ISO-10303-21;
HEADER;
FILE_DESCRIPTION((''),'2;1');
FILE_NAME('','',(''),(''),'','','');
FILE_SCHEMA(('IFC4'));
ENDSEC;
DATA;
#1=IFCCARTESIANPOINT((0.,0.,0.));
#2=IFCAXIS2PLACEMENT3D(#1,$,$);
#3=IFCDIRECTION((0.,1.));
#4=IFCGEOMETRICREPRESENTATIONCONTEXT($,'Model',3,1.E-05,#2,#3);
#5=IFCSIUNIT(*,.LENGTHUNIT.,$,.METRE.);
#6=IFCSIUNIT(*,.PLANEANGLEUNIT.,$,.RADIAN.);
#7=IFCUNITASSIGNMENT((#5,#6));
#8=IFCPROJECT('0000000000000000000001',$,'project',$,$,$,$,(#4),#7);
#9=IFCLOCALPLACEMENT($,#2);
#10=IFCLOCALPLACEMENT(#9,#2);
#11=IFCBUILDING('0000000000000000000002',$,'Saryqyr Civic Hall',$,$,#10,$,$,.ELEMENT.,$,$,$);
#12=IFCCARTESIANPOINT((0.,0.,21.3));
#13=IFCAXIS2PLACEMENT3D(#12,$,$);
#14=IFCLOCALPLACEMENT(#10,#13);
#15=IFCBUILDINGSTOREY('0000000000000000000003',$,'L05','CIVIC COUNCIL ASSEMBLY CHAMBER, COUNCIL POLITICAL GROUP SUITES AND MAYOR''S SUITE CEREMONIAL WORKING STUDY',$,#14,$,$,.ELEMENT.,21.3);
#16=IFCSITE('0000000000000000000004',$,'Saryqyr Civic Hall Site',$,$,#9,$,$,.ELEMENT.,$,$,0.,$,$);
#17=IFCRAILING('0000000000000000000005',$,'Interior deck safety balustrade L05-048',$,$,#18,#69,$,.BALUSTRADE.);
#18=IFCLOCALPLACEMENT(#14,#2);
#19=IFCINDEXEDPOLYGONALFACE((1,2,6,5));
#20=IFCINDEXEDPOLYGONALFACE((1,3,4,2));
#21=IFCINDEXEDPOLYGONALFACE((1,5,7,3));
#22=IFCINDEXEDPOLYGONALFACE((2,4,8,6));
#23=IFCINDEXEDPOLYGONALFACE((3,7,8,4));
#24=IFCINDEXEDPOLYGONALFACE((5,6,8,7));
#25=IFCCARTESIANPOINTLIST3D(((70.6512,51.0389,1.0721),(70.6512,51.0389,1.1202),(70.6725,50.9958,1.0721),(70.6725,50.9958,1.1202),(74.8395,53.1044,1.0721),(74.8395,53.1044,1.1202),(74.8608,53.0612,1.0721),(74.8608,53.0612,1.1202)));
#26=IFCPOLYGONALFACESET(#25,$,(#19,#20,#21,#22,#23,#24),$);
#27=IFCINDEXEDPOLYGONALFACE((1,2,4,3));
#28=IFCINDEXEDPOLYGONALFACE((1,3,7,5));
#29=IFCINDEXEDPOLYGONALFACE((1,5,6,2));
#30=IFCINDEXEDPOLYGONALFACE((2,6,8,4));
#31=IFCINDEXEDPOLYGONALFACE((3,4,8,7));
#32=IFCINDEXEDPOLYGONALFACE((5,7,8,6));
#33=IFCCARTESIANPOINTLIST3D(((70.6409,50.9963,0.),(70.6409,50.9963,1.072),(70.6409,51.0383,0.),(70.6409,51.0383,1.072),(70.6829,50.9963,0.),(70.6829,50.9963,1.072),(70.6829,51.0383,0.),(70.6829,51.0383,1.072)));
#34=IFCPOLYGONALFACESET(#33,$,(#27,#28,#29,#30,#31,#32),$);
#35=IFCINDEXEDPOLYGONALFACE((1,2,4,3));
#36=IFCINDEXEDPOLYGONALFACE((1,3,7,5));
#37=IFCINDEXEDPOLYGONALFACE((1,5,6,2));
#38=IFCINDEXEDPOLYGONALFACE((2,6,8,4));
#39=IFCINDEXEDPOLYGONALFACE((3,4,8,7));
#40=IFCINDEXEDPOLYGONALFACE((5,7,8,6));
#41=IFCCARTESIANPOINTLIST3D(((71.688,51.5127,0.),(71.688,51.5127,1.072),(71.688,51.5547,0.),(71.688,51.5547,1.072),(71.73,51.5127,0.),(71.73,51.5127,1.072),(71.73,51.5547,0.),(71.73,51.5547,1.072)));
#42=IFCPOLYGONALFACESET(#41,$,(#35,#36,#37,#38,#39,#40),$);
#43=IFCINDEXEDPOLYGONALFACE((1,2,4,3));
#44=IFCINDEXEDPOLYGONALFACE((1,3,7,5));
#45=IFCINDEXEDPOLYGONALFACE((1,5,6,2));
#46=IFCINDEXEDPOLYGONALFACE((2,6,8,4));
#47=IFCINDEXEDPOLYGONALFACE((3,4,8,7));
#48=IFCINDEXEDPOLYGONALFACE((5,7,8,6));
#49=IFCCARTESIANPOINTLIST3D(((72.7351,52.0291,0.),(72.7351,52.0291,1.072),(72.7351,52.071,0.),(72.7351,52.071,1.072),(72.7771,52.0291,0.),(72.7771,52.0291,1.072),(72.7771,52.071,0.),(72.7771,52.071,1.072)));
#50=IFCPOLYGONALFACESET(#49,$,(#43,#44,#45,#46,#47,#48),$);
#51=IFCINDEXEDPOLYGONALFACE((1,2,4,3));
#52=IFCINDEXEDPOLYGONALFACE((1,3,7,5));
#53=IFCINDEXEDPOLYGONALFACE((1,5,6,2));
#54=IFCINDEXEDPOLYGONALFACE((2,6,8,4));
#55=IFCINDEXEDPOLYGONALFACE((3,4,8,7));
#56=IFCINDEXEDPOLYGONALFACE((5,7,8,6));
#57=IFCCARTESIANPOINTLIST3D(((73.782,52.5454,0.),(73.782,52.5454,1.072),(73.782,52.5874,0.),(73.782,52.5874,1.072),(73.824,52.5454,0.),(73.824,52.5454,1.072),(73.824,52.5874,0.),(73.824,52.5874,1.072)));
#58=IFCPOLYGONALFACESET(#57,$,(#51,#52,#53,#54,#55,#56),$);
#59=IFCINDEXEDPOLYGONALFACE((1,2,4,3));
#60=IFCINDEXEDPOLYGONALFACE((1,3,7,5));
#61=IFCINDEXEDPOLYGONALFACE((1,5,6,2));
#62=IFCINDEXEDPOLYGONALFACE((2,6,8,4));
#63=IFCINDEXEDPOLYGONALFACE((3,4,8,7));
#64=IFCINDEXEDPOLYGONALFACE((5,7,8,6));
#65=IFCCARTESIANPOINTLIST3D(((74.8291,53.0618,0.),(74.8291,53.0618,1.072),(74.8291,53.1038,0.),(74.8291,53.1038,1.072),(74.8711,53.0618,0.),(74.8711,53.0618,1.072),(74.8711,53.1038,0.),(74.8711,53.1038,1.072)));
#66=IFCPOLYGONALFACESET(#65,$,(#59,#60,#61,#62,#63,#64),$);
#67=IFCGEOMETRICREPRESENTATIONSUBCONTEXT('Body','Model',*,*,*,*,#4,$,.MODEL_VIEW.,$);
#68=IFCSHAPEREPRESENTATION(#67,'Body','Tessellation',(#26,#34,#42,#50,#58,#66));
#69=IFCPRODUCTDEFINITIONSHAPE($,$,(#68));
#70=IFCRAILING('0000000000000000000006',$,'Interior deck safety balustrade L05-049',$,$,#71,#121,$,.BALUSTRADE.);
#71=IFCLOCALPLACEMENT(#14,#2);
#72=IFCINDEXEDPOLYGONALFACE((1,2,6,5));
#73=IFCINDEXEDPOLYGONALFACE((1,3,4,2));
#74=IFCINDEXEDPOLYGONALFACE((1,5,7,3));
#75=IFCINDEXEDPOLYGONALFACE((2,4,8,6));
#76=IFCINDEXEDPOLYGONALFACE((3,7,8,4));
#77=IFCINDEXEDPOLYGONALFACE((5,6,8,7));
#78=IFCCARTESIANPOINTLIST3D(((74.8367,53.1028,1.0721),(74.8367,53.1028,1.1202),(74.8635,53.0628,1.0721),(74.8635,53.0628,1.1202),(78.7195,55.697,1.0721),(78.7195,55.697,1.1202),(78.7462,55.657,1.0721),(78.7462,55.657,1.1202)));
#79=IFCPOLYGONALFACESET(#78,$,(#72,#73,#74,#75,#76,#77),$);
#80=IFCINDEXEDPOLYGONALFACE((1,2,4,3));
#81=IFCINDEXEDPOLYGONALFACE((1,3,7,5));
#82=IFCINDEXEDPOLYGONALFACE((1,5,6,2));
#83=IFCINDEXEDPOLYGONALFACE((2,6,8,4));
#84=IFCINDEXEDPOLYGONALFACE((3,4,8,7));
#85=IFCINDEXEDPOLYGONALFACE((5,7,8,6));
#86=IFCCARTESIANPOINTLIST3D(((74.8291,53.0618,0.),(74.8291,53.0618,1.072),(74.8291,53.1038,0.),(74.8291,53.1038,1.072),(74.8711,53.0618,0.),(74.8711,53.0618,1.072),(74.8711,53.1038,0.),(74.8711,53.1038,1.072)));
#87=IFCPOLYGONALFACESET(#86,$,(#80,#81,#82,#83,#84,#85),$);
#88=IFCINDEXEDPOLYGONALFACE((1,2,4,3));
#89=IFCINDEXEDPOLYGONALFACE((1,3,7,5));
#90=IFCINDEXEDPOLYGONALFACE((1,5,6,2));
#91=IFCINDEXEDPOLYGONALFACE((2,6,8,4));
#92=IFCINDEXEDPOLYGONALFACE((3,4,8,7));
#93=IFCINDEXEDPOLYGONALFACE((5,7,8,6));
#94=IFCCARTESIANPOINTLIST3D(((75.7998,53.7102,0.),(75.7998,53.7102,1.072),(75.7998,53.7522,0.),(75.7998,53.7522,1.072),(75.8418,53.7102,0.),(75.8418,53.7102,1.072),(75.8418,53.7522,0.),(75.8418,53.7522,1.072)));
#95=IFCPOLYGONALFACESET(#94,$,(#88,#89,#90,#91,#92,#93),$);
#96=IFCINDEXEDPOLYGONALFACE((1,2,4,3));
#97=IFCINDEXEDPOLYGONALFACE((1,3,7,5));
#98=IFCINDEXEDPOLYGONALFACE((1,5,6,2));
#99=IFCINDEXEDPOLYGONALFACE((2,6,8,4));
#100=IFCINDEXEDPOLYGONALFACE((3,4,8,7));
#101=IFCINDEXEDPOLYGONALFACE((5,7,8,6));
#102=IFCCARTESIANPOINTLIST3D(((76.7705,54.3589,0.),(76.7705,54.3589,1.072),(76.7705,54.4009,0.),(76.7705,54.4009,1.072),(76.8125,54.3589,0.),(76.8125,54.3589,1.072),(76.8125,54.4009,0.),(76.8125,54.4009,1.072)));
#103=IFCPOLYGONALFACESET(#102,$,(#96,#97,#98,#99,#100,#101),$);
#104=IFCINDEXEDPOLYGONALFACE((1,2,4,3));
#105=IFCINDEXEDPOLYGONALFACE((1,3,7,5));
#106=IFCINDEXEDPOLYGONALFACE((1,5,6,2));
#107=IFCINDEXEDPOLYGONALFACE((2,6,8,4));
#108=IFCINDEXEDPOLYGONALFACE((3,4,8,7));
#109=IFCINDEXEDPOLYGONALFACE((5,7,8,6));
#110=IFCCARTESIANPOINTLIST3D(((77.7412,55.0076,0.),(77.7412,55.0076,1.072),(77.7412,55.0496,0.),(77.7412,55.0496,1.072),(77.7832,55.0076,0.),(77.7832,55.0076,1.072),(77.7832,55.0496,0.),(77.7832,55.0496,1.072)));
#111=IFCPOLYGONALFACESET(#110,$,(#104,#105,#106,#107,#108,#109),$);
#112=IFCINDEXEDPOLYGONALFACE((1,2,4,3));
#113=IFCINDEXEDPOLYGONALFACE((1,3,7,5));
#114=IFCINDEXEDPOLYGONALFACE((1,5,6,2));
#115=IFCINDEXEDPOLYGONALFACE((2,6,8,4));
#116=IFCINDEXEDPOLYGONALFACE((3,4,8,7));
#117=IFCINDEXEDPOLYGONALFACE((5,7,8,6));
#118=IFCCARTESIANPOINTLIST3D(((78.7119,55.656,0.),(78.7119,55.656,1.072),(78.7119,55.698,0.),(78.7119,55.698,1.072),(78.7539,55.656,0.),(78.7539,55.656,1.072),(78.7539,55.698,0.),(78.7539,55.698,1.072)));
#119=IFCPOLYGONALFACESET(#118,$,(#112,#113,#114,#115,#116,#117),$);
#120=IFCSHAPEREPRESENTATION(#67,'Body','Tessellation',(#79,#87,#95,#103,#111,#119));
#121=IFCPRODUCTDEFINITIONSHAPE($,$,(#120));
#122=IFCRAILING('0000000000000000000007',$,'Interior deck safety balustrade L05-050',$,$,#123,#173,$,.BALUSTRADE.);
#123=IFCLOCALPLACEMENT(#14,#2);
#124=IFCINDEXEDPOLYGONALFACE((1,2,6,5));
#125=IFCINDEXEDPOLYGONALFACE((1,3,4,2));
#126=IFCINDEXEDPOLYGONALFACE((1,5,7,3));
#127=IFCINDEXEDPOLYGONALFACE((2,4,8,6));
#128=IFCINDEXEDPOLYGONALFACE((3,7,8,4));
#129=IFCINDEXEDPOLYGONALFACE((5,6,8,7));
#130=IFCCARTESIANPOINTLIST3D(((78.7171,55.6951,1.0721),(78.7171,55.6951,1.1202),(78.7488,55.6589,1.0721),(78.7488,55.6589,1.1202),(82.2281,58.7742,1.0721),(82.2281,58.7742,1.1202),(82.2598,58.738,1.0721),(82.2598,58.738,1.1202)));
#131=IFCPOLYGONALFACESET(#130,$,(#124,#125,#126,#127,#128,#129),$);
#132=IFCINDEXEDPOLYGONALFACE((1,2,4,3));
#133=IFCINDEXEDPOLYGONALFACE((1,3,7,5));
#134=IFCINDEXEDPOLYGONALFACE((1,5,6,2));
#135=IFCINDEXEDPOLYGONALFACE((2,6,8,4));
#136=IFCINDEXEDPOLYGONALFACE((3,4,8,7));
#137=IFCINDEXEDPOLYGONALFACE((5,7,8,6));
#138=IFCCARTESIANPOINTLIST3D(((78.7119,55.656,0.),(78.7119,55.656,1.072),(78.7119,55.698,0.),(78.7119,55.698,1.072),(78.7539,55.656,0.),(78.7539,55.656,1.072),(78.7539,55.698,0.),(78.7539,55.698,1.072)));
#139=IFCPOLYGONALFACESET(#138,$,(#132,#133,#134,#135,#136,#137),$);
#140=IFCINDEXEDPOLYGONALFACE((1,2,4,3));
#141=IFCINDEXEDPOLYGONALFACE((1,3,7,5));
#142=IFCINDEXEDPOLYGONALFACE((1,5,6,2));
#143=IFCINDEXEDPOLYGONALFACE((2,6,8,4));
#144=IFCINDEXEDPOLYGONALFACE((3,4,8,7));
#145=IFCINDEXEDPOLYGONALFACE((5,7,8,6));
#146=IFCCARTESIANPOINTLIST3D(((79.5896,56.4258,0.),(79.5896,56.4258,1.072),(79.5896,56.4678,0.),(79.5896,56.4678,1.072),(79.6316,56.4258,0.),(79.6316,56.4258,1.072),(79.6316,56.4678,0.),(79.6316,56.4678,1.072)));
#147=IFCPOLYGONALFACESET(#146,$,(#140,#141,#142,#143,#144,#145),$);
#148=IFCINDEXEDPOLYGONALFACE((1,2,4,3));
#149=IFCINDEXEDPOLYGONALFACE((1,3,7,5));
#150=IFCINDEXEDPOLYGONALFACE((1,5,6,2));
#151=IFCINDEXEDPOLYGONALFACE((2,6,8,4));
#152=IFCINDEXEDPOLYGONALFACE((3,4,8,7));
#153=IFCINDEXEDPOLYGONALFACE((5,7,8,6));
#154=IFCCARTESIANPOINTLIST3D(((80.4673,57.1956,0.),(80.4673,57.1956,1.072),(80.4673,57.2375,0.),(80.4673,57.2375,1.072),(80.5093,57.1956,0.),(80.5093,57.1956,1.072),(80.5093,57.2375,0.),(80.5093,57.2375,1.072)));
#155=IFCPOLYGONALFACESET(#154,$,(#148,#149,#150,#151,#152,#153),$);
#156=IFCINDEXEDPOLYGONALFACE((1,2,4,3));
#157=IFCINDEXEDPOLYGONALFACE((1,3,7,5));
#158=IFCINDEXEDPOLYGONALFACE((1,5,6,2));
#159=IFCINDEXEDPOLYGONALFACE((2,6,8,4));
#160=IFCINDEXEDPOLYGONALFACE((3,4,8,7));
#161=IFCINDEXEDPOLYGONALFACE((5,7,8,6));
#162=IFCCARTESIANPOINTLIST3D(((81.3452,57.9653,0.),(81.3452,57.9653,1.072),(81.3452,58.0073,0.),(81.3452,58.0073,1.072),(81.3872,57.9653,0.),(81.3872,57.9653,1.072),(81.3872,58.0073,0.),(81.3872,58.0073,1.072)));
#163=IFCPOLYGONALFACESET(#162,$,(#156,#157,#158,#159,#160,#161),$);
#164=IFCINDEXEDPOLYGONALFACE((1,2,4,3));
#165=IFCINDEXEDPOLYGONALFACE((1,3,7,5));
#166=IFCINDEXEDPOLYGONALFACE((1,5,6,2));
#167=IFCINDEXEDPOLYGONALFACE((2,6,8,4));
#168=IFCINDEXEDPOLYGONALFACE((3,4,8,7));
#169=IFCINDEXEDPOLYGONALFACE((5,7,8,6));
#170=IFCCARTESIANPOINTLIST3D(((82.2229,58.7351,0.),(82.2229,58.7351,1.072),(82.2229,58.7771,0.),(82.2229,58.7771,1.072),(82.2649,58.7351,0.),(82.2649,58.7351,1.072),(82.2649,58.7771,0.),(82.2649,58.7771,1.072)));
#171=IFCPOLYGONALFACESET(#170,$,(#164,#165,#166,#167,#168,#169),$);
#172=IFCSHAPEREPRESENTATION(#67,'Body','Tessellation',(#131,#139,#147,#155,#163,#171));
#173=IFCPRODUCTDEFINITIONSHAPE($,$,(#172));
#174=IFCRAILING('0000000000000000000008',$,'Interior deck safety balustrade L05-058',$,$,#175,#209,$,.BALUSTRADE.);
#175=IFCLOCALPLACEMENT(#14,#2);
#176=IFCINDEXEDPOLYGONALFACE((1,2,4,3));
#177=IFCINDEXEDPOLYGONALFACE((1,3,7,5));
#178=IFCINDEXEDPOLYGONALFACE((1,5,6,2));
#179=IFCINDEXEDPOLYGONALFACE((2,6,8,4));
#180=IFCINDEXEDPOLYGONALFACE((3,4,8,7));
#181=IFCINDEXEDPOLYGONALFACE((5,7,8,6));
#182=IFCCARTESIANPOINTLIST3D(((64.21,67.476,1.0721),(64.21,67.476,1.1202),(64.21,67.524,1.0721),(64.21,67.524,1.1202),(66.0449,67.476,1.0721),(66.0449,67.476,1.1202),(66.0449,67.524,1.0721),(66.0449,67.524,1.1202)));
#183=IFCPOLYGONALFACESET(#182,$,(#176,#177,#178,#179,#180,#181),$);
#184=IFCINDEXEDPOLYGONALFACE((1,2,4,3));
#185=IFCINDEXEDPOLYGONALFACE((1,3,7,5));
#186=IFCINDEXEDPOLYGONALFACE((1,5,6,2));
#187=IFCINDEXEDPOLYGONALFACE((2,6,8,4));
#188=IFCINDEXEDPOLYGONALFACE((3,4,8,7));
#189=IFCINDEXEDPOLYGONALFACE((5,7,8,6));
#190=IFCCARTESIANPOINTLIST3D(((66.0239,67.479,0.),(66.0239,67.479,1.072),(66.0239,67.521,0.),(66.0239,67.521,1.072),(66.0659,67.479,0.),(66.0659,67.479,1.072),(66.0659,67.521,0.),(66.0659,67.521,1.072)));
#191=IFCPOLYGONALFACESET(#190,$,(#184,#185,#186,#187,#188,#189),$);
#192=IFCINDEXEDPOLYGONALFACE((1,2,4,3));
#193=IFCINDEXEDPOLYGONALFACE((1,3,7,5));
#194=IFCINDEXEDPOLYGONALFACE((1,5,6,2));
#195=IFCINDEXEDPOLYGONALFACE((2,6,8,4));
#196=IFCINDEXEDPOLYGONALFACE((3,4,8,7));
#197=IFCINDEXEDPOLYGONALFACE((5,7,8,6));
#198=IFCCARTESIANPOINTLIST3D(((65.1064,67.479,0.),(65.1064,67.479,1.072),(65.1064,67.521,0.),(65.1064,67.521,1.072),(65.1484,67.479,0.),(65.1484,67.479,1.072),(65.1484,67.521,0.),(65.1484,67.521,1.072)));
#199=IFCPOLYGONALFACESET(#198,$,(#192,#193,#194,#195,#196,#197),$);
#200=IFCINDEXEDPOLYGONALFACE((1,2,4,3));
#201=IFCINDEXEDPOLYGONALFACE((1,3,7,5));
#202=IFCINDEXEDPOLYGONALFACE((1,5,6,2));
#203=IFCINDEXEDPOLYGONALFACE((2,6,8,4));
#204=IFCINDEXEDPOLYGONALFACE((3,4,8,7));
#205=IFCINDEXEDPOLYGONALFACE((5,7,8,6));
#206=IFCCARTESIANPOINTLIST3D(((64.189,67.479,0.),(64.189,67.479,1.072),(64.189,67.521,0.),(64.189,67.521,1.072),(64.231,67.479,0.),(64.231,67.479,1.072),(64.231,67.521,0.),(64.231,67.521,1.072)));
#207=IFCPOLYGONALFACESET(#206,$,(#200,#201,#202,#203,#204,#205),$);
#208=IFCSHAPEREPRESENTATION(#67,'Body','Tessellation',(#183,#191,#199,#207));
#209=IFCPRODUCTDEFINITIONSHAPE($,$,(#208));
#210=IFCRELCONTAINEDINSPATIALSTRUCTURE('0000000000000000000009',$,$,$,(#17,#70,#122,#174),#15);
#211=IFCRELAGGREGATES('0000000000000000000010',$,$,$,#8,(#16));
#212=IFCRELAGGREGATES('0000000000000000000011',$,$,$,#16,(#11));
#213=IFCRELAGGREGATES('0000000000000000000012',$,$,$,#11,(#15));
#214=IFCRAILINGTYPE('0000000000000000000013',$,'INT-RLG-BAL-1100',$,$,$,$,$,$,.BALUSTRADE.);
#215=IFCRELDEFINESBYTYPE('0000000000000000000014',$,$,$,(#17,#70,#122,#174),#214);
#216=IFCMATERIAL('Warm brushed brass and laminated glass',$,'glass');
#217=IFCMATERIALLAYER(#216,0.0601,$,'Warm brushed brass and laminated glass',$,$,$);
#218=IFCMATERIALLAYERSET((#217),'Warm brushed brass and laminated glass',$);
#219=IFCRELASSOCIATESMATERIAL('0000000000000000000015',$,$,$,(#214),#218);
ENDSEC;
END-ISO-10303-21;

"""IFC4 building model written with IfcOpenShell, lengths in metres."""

from ifc_helpers import new_model, si_unit, direction, frame, origin, origin_2d, place, context, subcontext, project, spatial, rectangle, extrude, material, layer, layer_set, type_object, element, save


model = new_model("IFC4")

# Units and contexts
model_context = context("Model", 3, precision=1e-05, world=origin(), true_north=direction((0.0, 1.0)))
body_context = subcontext(model_context, "Body", "Model", "MODEL_VIEW")
ifc_project = project(units=[si_unit("LENGTHUNIT", "METRE"), si_unit("PLANEANGLEUNIT", "RADIAN")], contexts=[model_context])

# Site, building, storey
site_placement = place(None, origin())
site = spatial("IfcSite", under=ifc_project, at=site_placement, Name="Saryqyr Civic Hall Site", CompositionType="ELEMENT", RefElevation=0.0)
building_placement = place(site_placement, origin())
building = spatial("IfcBuilding", under=site, at=building_placement, Name="Saryqyr Civic Hall", CompositionType="ELEMENT")
storey_placement = place(building_placement, frame((0.0, 0.0, 21.3)))
storey = spatial("IfcBuildingStorey", under=building, at=storey_placement, Name="L05", Description="CIVIC COUNCIL ASSEMBLY CHAMBER, COUNCIL POLITICAL GROUP SUITES AND MAYOR'S SUITE CEREMONIAL WORKING STUDY", CompositionType="ELEMENT", Elevation=21.3)

# Railings
ifc_material_1 = material(Name="Warm brushed brass and laminated glass", Category="glass")
ifc_layer_1 = layer(ifc_material_1, 0.0601, Name="Warm brushed brass and laminated glass")
ifc_layer_set_1 = layer_set([ifc_layer_1], Name="Warm brushed brass and laminated glass")
railing_type_1 = type_object("IfcRailingType", Name="INT-RLG-BAL-1100", PredefinedType="BALUSTRADE", material=ifc_layer_set_1)
railing_1_placement = place(storey_placement, frame((70.6619, 51.0173, 0.0)))
element("IfcRailing", 1, at=railing_1_placement, inside=storey, type_object=railing_type_1, Name="Interior deck safety balustrade L05-048", PredefinedType="BALUSTRADE", context=body_context, shape_type="SweptSolid", body=[
    extrude(rectangle(XDim=0.0481, YDim=0.0481, at=origin_2d()), frame((0.0, 0.0, 1.0962), z_axis=(0.896871, 0.442292, 0.0), x_axis=(-0.442292, 0.896871, 0.0)), (0.0, 0.0, 1.0), 4.6699),
    extrude(rectangle(XDim=0.042, YDim=0.042, at=origin_2d()), origin(), (0.0, 0.0, 1.0), 1.072),
    extrude(rectangle(XDim=0.042, YDim=0.042, at=origin_2d()), frame((1.0471, 0.5164, 0.0)), (0.0, 0.0, 1.0), 1.072),
    extrude(rectangle(XDim=0.042, YDim=0.042, at=origin_2d()), frame((2.0942, 1.0327, 0.0)), (0.0, 0.0, 1.0), 1.072),
    extrude(rectangle(XDim=0.042, YDim=0.042, at=origin_2d()), frame((3.1411, 1.5491, 0.0)), (0.0, 0.0, 1.0), 1.072),
    extrude(rectangle(XDim=0.042, YDim=0.042, at=origin_2d()), frame((4.1882, 2.0654, 0.0)), (0.0, 0.0, 1.0), 1.072),
])
railing_2_placement = place(storey_placement, frame((74.8501, 53.0828, 0.0)))
element("IfcRailing", 2, at=railing_2_placement, inside=storey, type_object=railing_type_1, Name="Interior deck safety balustrade L05-049", PredefinedType="BALUSTRADE", context=body_context, shape_type="SweptSolid", body=[
    extrude(rectangle(XDim=0.0481, YDim=0.0481, at=origin_2d()), frame((0.0, 0.0, 1.0962), z_axis=(0.831487, 0.555544, 0.0), x_axis=(-0.555544, 0.831487, 0.0)), (0.0, 0.0, 1.0), 4.6697),
    extrude(rectangle(XDim=0.042, YDim=0.042, at=origin_2d()), origin(), (0.0, 0.0, 1.0), 1.072),
    extrude(rectangle(XDim=0.042, YDim=0.042, at=origin_2d()), frame((0.9707, 0.6484, 0.0)), (0.0, 0.0, 1.0), 1.072),
    extrude(rectangle(XDim=0.042, YDim=0.042, at=origin_2d()), frame((1.9414, 1.2971, 0.0)), (0.0, 0.0, 1.0), 1.072),
    extrude(rectangle(XDim=0.042, YDim=0.042, at=origin_2d()), frame((2.9121, 1.9458, 0.0)), (0.0, 0.0, 1.0), 1.072),
    extrude(rectangle(XDim=0.042, YDim=0.042, at=origin_2d()), frame((3.8828, 2.5942, 0.0)), (0.0, 0.0, 1.0), 1.072),
])
railing_3_placement = place(storey_placement, frame((78.7329, 55.677, 0.0)))
element("IfcRailing", 3, at=railing_3_placement, inside=storey, type_object=railing_type_1, Name="Interior deck safety balustrade L05-050", PredefinedType="BALUSTRADE", context=body_context, shape_type="SweptSolid", body=[
    extrude(rectangle(XDim=0.0481, YDim=0.0481, at=origin_2d()), frame((0.0, 0.0, 1.0962), z_axis=(0.751835, 0.659352, 0.0), x_axis=(-0.659352, 0.751835, 0.0)), (0.0, 0.0, 1.0), 4.6699),
    extrude(rectangle(XDim=0.042, YDim=0.042, at=origin_2d()), origin(), (0.0, 0.0, 1.0), 1.072),
    extrude(rectangle(XDim=0.042, YDim=0.042, at=origin_2d()), frame((0.8777, 0.7698, 0.0)), (0.0, 0.0, 1.0), 1.072),
    extrude(rectangle(XDim=0.042, YDim=0.042, at=origin_2d()), frame((1.7554, 1.5396, 0.0)), (0.0, 0.0, 1.0), 1.072),
    extrude(rectangle(XDim=0.042, YDim=0.042, at=origin_2d()), frame((2.6333, 2.3093, 0.0)), (0.0, 0.0, 1.0), 1.072),
    extrude(rectangle(XDim=0.042, YDim=0.042, at=origin_2d()), frame((3.511, 3.0791, 0.0)), (0.0, 0.0, 1.0), 1.072),
])
railing_4_placement = place(storey_placement, frame((66.0449, 67.5, 0.0)))
element("IfcRailing", 4, at=railing_4_placement, inside=storey, type_object=railing_type_1, Name="Interior deck safety balustrade L05-058", PredefinedType="BALUSTRADE", context=body_context, shape_type="SweptSolid", body=[
    extrude(rectangle(XDim=0.0481, YDim=0.0481, at=origin_2d()), frame((0.0, 0.0, 1.0962), z_axis=(-1.0, 0.0, 0.0), x_axis=(0.0, -1.0, 0.0)), (0.0, 0.0, 1.0), 1.835),
    extrude(rectangle(XDim=0.042, YDim=0.042, at=origin_2d()), origin(), (0.0, 0.0, 1.0), 1.072),
    extrude(rectangle(XDim=0.042, YDim=0.042, at=origin_2d()), frame((-0.9175, 0.0, 0.0)), (0.0, 0.0, 1.0), 1.072),
    extrude(rectangle(XDim=0.042, YDim=0.042, at=origin_2d()), frame((-1.835, 0.0, 0.0)), (0.0, 0.0, 1.0), 1.072),
])

save(model, "model.ifc")
